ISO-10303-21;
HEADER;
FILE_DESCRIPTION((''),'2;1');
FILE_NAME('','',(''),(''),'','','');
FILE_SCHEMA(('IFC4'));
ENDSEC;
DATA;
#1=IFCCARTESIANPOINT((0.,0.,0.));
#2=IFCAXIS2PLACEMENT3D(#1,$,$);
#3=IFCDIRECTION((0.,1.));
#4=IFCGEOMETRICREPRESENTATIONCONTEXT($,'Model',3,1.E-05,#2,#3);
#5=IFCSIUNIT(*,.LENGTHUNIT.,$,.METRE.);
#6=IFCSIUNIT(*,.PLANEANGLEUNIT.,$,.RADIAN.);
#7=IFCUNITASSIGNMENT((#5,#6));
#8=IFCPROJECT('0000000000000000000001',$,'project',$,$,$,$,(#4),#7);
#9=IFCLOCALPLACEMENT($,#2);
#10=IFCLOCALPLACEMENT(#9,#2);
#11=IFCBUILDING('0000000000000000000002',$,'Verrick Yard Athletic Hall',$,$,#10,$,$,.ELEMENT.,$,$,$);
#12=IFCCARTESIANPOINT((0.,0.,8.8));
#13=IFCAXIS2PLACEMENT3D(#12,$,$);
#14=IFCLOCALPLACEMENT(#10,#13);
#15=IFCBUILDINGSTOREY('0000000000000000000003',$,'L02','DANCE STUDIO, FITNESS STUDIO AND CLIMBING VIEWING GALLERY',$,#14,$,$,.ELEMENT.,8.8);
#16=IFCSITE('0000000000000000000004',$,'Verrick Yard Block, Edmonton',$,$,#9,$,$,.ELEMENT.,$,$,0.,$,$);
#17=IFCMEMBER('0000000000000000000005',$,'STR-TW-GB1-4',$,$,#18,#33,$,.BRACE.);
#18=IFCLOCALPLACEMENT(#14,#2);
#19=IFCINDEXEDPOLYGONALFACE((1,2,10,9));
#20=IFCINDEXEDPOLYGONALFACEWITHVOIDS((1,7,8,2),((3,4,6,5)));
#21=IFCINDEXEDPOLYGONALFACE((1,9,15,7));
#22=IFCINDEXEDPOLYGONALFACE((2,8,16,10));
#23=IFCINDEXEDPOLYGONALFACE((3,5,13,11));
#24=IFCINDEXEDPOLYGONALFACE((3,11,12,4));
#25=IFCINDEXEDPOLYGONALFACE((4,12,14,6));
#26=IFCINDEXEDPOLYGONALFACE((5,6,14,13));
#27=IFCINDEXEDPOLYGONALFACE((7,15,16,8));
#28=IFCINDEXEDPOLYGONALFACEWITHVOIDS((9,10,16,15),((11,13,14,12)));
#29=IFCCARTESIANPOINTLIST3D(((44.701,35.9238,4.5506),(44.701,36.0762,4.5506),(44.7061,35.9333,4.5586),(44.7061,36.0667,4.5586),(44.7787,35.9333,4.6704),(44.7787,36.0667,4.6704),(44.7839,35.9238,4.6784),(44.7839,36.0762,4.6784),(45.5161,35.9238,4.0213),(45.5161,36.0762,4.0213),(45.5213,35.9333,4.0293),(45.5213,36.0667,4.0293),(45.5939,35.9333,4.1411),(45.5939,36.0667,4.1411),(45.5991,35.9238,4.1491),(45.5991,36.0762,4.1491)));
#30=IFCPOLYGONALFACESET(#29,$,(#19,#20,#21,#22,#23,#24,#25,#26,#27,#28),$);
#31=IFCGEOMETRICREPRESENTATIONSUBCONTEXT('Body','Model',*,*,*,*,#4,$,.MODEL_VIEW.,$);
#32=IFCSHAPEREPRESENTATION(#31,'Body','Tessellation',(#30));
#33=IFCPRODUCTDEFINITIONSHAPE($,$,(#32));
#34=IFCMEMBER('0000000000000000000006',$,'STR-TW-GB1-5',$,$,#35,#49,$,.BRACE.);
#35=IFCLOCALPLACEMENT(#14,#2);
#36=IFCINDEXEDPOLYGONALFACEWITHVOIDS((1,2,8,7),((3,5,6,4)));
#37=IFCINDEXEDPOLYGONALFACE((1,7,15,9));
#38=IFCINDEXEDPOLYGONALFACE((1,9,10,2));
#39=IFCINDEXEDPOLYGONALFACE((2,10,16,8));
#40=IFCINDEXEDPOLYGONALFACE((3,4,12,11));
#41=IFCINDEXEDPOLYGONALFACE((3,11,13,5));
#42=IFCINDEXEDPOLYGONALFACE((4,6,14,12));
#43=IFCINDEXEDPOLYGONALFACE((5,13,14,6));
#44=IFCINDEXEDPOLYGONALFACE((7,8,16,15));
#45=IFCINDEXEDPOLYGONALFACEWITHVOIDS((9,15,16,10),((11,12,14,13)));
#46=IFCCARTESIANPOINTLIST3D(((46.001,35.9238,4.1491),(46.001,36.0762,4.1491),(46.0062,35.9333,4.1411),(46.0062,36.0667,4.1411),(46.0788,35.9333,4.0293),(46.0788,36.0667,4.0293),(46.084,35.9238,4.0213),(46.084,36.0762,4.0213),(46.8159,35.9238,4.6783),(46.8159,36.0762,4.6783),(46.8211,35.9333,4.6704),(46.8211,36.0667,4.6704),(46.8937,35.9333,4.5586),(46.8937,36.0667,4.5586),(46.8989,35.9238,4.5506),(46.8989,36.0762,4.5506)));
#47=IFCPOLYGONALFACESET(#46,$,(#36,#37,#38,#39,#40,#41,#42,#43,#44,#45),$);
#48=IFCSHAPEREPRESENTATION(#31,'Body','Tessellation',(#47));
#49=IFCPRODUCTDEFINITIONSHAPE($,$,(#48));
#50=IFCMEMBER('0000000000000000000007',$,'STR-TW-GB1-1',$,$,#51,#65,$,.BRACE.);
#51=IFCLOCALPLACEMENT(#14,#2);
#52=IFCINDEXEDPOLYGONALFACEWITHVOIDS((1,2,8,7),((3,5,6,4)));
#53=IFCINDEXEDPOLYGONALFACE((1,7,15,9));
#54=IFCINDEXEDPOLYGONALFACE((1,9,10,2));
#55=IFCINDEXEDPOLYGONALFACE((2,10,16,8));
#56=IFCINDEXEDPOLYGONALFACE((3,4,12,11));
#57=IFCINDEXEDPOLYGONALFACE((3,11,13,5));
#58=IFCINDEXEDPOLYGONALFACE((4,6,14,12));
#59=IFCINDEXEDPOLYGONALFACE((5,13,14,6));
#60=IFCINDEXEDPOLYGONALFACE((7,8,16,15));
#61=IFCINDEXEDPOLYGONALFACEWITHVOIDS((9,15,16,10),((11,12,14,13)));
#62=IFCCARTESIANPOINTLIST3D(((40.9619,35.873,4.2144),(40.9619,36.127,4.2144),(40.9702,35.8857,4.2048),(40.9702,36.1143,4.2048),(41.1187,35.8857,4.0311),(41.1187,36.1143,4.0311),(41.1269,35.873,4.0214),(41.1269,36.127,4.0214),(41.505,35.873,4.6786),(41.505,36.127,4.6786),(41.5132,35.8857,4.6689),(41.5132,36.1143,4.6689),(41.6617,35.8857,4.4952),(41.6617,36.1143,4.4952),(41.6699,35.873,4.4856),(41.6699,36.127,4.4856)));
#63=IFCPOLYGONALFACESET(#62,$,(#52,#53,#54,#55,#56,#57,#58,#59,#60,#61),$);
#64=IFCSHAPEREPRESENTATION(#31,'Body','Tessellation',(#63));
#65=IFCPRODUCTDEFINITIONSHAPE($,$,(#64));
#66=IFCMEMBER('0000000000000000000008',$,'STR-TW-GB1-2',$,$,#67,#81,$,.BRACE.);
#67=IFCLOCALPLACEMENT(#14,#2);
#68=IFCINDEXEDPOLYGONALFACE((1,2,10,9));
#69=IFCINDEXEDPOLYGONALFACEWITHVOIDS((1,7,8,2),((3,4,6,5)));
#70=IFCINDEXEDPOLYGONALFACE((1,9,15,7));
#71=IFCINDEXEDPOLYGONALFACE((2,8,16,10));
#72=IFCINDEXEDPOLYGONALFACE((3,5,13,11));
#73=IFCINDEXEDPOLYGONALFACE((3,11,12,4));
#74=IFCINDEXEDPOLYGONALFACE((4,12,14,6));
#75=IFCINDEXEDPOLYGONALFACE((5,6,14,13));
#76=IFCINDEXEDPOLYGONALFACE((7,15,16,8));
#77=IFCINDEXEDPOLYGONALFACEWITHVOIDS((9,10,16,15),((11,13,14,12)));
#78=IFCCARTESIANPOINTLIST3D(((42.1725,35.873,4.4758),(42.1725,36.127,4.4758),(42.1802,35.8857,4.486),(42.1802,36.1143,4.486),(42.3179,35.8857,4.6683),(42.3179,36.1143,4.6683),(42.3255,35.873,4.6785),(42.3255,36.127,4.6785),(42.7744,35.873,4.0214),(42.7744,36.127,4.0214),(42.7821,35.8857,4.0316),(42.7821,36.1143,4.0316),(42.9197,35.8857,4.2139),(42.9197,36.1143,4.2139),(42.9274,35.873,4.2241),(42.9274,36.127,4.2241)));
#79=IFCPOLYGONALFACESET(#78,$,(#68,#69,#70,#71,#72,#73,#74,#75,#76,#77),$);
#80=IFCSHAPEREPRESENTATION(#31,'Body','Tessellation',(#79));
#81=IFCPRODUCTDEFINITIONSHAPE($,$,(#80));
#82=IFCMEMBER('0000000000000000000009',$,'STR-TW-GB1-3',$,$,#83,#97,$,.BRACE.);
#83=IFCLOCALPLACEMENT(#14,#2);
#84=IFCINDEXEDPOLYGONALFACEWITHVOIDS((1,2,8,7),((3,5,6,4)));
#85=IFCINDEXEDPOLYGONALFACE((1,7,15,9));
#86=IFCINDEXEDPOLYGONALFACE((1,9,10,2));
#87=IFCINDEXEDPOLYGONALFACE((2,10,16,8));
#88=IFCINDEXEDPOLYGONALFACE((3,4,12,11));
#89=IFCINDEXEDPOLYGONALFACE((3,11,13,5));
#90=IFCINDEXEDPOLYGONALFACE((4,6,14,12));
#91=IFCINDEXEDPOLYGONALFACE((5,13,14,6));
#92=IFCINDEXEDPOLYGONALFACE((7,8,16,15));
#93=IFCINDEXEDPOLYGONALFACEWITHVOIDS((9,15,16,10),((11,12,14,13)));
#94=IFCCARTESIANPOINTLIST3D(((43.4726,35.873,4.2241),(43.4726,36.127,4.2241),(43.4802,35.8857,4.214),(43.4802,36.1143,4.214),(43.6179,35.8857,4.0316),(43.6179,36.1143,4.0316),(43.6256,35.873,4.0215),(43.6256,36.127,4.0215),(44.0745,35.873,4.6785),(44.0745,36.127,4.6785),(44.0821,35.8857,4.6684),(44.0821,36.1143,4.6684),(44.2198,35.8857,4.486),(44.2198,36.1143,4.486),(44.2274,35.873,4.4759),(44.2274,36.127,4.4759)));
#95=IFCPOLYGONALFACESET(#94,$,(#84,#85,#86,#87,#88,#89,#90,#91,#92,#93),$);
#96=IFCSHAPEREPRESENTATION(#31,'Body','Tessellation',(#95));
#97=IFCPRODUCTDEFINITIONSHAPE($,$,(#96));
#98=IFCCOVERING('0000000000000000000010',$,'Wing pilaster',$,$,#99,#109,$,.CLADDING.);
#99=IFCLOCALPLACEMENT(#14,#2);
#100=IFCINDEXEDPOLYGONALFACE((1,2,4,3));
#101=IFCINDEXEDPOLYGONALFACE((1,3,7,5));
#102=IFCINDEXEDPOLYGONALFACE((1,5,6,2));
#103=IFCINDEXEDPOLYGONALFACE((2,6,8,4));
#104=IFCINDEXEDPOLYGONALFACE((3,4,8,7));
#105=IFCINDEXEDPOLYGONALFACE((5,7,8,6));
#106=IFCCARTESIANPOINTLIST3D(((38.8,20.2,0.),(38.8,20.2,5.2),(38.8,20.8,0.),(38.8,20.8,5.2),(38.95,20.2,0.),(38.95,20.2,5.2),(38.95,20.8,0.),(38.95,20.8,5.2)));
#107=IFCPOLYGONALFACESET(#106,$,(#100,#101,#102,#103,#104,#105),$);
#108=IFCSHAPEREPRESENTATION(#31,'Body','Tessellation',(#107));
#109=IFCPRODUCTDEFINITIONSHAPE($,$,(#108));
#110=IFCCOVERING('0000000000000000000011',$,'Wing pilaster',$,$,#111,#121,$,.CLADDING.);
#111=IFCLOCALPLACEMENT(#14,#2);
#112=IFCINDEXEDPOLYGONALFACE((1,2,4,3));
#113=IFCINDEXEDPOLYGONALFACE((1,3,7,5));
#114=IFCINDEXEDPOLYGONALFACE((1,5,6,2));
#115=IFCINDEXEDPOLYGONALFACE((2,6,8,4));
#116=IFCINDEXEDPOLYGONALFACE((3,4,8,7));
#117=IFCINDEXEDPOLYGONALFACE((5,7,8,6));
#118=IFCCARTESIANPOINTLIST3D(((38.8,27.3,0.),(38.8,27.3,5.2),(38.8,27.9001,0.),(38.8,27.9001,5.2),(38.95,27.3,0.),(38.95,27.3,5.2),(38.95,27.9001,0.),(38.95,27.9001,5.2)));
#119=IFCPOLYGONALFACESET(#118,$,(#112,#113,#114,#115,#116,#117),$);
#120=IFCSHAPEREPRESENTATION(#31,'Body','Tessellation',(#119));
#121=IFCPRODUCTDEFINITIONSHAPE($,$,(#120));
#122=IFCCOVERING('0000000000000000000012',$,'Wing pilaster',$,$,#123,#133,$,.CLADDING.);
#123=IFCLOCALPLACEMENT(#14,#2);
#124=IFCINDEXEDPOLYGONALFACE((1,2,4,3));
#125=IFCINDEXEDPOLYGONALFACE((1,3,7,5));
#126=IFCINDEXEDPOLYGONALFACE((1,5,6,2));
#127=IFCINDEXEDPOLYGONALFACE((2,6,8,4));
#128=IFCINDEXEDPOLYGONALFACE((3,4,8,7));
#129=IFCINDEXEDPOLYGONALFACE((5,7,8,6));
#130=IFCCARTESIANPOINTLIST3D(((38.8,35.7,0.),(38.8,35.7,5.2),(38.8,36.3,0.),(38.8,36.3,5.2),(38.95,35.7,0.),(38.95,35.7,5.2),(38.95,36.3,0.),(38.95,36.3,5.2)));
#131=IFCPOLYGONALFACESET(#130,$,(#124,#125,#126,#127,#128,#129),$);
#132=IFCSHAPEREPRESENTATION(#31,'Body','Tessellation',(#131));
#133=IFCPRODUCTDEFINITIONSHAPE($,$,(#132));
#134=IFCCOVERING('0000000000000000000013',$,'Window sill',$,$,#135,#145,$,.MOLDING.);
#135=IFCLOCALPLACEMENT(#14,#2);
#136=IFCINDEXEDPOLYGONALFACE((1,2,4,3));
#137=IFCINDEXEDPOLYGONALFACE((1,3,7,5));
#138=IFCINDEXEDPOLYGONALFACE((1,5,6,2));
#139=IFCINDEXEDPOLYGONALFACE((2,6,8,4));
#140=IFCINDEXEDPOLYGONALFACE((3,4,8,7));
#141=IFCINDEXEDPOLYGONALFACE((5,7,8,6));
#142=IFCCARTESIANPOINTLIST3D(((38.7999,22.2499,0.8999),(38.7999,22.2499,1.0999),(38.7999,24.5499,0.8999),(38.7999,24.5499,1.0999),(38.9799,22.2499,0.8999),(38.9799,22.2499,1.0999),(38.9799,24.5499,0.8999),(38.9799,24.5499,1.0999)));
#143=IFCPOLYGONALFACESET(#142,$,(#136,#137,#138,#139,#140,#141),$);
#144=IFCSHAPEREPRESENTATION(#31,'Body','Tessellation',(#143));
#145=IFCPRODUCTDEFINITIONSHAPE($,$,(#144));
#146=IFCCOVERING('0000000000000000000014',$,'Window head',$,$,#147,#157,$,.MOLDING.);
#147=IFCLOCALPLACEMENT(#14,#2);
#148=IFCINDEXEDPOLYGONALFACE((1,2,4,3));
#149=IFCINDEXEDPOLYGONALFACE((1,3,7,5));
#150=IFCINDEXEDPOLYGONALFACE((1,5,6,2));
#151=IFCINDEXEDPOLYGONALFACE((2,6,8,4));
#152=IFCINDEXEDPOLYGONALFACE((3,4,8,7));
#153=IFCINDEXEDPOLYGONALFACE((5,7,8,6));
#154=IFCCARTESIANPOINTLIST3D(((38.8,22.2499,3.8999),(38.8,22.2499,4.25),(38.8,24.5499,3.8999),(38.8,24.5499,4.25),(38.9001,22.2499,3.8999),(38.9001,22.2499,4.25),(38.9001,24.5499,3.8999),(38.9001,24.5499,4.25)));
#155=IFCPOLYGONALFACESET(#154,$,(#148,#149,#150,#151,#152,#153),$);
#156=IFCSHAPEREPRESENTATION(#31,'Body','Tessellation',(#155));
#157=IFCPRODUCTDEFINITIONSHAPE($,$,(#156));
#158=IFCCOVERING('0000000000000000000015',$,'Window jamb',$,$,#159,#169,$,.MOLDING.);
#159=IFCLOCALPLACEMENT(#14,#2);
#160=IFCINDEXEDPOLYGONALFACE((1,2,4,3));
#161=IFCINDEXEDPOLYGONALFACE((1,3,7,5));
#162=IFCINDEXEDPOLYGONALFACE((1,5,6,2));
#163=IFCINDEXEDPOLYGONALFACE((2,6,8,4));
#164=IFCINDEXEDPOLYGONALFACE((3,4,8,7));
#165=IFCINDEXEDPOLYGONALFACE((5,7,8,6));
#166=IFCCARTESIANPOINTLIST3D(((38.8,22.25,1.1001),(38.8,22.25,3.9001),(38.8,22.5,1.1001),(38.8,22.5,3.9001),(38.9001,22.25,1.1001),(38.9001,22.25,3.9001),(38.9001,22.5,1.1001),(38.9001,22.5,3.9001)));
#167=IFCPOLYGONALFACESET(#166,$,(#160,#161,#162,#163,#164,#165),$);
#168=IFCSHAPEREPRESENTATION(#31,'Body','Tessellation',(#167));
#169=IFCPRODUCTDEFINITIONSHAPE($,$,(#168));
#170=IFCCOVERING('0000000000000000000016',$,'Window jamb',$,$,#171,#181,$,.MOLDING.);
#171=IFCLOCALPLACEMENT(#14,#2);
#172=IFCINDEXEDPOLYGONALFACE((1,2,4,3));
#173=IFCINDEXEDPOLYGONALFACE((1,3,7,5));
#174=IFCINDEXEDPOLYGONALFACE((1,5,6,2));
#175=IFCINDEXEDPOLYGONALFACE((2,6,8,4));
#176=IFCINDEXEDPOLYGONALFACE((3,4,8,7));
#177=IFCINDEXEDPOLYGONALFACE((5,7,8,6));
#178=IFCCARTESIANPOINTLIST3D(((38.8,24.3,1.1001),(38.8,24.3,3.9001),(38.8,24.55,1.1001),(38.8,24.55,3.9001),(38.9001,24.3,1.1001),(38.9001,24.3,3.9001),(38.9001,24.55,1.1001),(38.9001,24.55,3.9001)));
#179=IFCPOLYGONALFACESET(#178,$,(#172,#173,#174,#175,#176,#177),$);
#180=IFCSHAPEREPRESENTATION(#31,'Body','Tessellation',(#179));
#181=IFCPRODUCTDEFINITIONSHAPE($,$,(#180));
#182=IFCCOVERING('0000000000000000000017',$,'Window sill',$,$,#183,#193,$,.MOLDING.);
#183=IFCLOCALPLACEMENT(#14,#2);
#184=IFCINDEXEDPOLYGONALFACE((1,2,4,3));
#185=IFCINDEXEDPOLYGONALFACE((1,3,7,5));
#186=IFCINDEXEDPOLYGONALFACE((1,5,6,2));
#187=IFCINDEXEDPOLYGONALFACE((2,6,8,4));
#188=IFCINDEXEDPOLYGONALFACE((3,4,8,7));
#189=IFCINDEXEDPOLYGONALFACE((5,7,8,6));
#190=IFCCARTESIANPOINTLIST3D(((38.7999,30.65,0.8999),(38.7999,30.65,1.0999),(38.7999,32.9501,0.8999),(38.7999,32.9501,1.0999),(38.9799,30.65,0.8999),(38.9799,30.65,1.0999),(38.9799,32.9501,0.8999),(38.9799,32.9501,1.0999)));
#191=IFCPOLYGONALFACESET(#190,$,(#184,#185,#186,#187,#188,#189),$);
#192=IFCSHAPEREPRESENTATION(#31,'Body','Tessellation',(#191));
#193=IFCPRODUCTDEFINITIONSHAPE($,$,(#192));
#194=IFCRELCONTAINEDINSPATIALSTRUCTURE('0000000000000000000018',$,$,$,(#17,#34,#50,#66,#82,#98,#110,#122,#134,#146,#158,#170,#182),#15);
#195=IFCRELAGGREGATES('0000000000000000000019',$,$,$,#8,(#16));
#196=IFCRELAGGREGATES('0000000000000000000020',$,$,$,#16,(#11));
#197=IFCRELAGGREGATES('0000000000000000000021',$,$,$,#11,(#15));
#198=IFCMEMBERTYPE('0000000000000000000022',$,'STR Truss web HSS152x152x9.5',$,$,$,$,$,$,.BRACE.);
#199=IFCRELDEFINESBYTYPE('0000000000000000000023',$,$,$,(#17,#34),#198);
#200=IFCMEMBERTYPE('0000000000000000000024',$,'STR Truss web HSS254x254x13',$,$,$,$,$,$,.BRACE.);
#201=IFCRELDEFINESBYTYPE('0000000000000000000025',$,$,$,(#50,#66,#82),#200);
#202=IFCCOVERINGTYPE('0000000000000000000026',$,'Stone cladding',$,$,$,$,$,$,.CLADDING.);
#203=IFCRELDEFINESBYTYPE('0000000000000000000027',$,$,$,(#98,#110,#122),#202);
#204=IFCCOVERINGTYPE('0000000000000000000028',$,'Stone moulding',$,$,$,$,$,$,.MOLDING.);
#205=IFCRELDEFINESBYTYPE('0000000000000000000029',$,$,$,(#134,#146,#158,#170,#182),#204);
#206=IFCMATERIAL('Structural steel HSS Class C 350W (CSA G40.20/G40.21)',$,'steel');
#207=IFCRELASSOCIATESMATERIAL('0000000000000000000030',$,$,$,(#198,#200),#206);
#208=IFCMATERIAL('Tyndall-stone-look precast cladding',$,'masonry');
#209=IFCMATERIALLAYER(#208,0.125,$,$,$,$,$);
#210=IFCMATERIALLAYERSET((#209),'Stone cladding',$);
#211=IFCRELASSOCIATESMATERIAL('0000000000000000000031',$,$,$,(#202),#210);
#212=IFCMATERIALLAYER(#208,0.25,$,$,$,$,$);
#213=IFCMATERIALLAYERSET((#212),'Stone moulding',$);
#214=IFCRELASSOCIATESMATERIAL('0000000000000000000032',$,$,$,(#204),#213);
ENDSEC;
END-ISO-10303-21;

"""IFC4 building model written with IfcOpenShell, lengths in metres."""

from ifc_helpers import new_model, si_unit, direction, frame, origin, origin_2d, place, context, subcontext, project, spatial, rectangle, hollow_rectangle, extrude, material, layer, layer_set, material_profile, profile_set, type_object, element, save


model = new_model("IFC4")

# Units and contexts
model_context = context("Model", 3, precision=1e-05, world=origin(), true_north=direction((0.0, 1.0)))
body_context = subcontext(model_context, "Body", "Model", "MODEL_VIEW")
ifc_project = project(units=[si_unit("LENGTHUNIT", "METRE"), si_unit("PLANEANGLEUNIT", "RADIAN")], contexts=[model_context])

# Site, building, storey
site_placement = place(None, origin())
site = spatial("IfcSite", under=ifc_project, at=site_placement, Name="Verrick Yard Block, Edmonton", CompositionType="ELEMENT", RefElevation=0.0)
building_placement = place(site_placement, origin())
building = spatial("IfcBuilding", under=site, at=building_placement, Name="Verrick Yard Athletic Hall", CompositionType="ELEMENT")
storey_placement = place(building_placement, frame((0.0, 0.0, 8.8)))
storey = spatial("IfcBuildingStorey", under=building, at=storey_placement, Name="L02", Description="DANCE STUDIO, FITNESS STUDIO AND CLIMBING VIEWING GALLERY", CompositionType="ELEMENT", Elevation=8.8)

# Members
ifc_material_1 = material(Name="Structural steel HSS Class C 350W (CSA G40.20/G40.21)", Category="steel")
ifc_material_profile_1 = material_profile(ifc_material_1, hollow_rectangle(XDim=0.1523, YDim=0.1523, WallThickness=0.0095, at=origin_2d()), Name="HSS152x152x9.5")
ifc_profile_set_1 = profile_set([ifc_material_profile_1], Name="Structural steel HSS Class C 350W (CSA G40.20/G40.21)")
member_type_1 = type_object("IfcMemberType", Name="STR Truss web HSS152x152x9.5", PredefinedType="BRACE", material=ifc_profile_set_1)
member_1_placement = place(storey_placement, frame((44.7424, 36.0, 4.6145), z_axis=(0.838713, 0.0, -0.544573), x_axis=(0.0, 1.0, 0.0)))
element("IfcMember", 1, at=member_1_placement, inside=storey, type_object=member_type_1, Name="STR-TW-GB1-4", PredefinedType="BRACE", context=body_context, shape_type="SweptSolid", body=[
    extrude(hollow_rectangle(XDim=0.1523, YDim=0.1523, WallThickness=0.0095, at=origin_2d()), origin(), (0.0, 0.0, 1.0), 0.9719),
])
member_2_placement = place(storey_placement, frame((46.0425, 36.0, 4.0852), z_axis=(0.838639, 0.0, 0.544688), x_axis=(0.0, 1.0, 0.0)))
element("IfcMember", 2, at=member_2_placement, inside=storey, type_object=member_type_1, Name="STR-TW-GB1-5", PredefinedType="BRACE", context=body_context, shape_type="SweptSolid", body=[
    extrude(hollow_rectangle(XDim=0.1523, YDim=0.1523, WallThickness=0.0095, at=origin_2d()), origin(), (0.0, 0.0, 1.0), 0.9717),
])
ifc_material_profile_2 = material_profile(ifc_material_1, hollow_rectangle(XDim=0.2539, YDim=0.2539, WallThickness=0.0127, at=origin_2d()), Name="HSS254x254x13")
ifc_profile_set_2 = profile_set([ifc_material_profile_2], Name="Structural steel HSS Class C 350W (CSA G40.20/G40.21)")
member_type_2 = type_object("IfcMemberType", Name="STR Truss web HSS254x254x13", PredefinedType="BRACE", material=ifc_profile_set_2)
member_3_placement = place(storey_placement, frame((41.0444, 36.0, 4.1179), z_axis=(0.760149, 0.0, 0.649749), x_axis=(0.0, 1.0, 0.0)))
element("IfcMember", 3, at=member_3_placement, inside=storey, type_object=member_type_2, Name="STR-TW-GB1-1", PredefinedType="BRACE", context=body_context, shape_type="SweptSolid", body=[
    extrude(hollow_rectangle(XDim=0.2539, YDim=0.2539, WallThickness=0.0127, at=origin_2d()), origin(), (0.0, 0.0, 1.0), 0.7144),
])
for number, where, z_axis, x_axis, name in (
    (4, (42.249, 36.0, 4.5771), (0.798092, 0.0, -0.602535), (0.0, 1.0, 0.0), "STR-TW-GB1-2"),
    (5, (43.5491, 36.0, 4.1228), (0.798092, 0.0, 0.602535), (0.0, 1.0, 0.0), "STR-TW-GB1-3"),
):
    element("IfcMember", number, at=place(storey_placement, frame(where, z_axis=z_axis, x_axis=x_axis)), inside=storey, type_object=member_type_2, Name=name, PredefinedType="BRACE", context=body_context, shape_type="SweptSolid", body=[
        extrude(hollow_rectangle(XDim=0.2539, YDim=0.2539, WallThickness=0.0127, at=origin_2d()), origin(), (0.0, 0.0, 1.0), 0.7542),
    ])

# Coverings
ifc_material_2 = material(Name="Tyndall-stone-look precast cladding", Category="masonry")
ifc_layer_1 = layer(ifc_material_2, 0.125)
ifc_layer_set_1 = layer_set([ifc_layer_1], Name="Stone cladding")
covering_type_1 = type_object("IfcCoveringType", Name="Stone cladding", PredefinedType="CLADDING", material=ifc_layer_set_1)
for number, where, z_axis, x_axis, name in (
    (6, (38.875, 20.5, 0.0), (0.0, 0.0, 1.0), (0.0, 1.0, 0.0), "Wing pilaster"),
    (7, (38.875, 27.6001, 0.0), (0.0, 0.0, 1.0), (0.0, 1.0, 0.0), "Wing pilaster"),
    (8, (38.875, 36.0, 0.0), (0.0, 0.0, 1.0), (0.0, 1.0, 0.0), "Wing pilaster"),
):
    element("IfcCovering", number, at=place(storey_placement, frame(where, z_axis=z_axis, x_axis=x_axis)), inside=storey, type_object=covering_type_1, Name=name, PredefinedType="CLADDING", context=body_context, shape_type="SweptSolid", body=[
        extrude(rectangle(XDim=0.6001, YDim=0.1499, at=origin_2d()), origin(), (0.0, 0.0, 1.0), 5.2),
    ])
ifc_layer_2 = layer(ifc_material_2, 0.25)
ifc_layer_set_2 = layer_set([ifc_layer_2], Name="Stone moulding")
covering_type_2 = type_object("IfcCoveringType", Name="Stone moulding", PredefinedType="MOLDING", material=ifc_layer_set_2)
covering_1_placement = place(storey_placement, frame((38.8899, 23.3999, 0.8999), z_axis=(0.0, 0.0, 1.0), x_axis=(0.0, 1.0, 0.0)))
element("IfcCovering", 9, at=covering_1_placement, inside=storey, type_object=covering_type_2, Name="Window sill", PredefinedType="MOLDING", context=body_context, shape_type="SweptSolid", body=[
    extrude(rectangle(XDim=2.3, YDim=0.1799, at=origin_2d()), origin(), (0.0, 0.0, 1.0), 0.2),
])
covering_2_placement = place(storey_placement, frame((38.8501, 23.3999, 3.8999), z_axis=(0.0, 0.0, 1.0), x_axis=(0.0, 1.0, 0.0)))
element("IfcCovering", 10, at=covering_2_placement, inside=storey, type_object=covering_type_2, Name="Window head", PredefinedType="MOLDING", context=body_context, shape_type="SweptSolid", body=[
    extrude(rectangle(XDim=2.3, YDim=0.1001, at=origin_2d()), origin(), (0.0, 0.0, 1.0), 0.3501),
])
for number, where, z_axis, x_axis, name in (
    (11, (38.8501, 22.375, 1.1001), (0.0, 0.0, 1.0), (0.0, 1.0, 0.0), "Window jamb"),
    (12, (38.8501, 24.425, 1.1001), (0.0, 0.0, 1.0), (0.0, 1.0, 0.0), "Window jamb"),
):
    element("IfcCovering", number, at=place(storey_placement, frame(where, z_axis=z_axis, x_axis=x_axis)), inside=storey, type_object=covering_type_2, Name=name, PredefinedType="MOLDING", context=body_context, shape_type="SweptSolid", body=[
        extrude(rectangle(XDim=0.25, YDim=0.1001, at=origin_2d()), origin(), (0.0, 0.0, 1.0), 2.8),
    ])
covering_3_placement = place(storey_placement, frame((38.8899, 31.8, 0.8999), z_axis=(0.0, 0.0, 1.0), x_axis=(0.0, 1.0, 0.0)))
element("IfcCovering", 13, at=covering_3_placement, inside=storey, type_object=covering_type_2, Name="Window sill", PredefinedType="MOLDING", context=body_context, shape_type="SweptSolid", body=[
    extrude(rectangle(XDim=2.3, YDim=0.1799, at=origin_2d()), origin(), (0.0, 0.0, 1.0), 0.2),
])

save(model, "model.ifc")
